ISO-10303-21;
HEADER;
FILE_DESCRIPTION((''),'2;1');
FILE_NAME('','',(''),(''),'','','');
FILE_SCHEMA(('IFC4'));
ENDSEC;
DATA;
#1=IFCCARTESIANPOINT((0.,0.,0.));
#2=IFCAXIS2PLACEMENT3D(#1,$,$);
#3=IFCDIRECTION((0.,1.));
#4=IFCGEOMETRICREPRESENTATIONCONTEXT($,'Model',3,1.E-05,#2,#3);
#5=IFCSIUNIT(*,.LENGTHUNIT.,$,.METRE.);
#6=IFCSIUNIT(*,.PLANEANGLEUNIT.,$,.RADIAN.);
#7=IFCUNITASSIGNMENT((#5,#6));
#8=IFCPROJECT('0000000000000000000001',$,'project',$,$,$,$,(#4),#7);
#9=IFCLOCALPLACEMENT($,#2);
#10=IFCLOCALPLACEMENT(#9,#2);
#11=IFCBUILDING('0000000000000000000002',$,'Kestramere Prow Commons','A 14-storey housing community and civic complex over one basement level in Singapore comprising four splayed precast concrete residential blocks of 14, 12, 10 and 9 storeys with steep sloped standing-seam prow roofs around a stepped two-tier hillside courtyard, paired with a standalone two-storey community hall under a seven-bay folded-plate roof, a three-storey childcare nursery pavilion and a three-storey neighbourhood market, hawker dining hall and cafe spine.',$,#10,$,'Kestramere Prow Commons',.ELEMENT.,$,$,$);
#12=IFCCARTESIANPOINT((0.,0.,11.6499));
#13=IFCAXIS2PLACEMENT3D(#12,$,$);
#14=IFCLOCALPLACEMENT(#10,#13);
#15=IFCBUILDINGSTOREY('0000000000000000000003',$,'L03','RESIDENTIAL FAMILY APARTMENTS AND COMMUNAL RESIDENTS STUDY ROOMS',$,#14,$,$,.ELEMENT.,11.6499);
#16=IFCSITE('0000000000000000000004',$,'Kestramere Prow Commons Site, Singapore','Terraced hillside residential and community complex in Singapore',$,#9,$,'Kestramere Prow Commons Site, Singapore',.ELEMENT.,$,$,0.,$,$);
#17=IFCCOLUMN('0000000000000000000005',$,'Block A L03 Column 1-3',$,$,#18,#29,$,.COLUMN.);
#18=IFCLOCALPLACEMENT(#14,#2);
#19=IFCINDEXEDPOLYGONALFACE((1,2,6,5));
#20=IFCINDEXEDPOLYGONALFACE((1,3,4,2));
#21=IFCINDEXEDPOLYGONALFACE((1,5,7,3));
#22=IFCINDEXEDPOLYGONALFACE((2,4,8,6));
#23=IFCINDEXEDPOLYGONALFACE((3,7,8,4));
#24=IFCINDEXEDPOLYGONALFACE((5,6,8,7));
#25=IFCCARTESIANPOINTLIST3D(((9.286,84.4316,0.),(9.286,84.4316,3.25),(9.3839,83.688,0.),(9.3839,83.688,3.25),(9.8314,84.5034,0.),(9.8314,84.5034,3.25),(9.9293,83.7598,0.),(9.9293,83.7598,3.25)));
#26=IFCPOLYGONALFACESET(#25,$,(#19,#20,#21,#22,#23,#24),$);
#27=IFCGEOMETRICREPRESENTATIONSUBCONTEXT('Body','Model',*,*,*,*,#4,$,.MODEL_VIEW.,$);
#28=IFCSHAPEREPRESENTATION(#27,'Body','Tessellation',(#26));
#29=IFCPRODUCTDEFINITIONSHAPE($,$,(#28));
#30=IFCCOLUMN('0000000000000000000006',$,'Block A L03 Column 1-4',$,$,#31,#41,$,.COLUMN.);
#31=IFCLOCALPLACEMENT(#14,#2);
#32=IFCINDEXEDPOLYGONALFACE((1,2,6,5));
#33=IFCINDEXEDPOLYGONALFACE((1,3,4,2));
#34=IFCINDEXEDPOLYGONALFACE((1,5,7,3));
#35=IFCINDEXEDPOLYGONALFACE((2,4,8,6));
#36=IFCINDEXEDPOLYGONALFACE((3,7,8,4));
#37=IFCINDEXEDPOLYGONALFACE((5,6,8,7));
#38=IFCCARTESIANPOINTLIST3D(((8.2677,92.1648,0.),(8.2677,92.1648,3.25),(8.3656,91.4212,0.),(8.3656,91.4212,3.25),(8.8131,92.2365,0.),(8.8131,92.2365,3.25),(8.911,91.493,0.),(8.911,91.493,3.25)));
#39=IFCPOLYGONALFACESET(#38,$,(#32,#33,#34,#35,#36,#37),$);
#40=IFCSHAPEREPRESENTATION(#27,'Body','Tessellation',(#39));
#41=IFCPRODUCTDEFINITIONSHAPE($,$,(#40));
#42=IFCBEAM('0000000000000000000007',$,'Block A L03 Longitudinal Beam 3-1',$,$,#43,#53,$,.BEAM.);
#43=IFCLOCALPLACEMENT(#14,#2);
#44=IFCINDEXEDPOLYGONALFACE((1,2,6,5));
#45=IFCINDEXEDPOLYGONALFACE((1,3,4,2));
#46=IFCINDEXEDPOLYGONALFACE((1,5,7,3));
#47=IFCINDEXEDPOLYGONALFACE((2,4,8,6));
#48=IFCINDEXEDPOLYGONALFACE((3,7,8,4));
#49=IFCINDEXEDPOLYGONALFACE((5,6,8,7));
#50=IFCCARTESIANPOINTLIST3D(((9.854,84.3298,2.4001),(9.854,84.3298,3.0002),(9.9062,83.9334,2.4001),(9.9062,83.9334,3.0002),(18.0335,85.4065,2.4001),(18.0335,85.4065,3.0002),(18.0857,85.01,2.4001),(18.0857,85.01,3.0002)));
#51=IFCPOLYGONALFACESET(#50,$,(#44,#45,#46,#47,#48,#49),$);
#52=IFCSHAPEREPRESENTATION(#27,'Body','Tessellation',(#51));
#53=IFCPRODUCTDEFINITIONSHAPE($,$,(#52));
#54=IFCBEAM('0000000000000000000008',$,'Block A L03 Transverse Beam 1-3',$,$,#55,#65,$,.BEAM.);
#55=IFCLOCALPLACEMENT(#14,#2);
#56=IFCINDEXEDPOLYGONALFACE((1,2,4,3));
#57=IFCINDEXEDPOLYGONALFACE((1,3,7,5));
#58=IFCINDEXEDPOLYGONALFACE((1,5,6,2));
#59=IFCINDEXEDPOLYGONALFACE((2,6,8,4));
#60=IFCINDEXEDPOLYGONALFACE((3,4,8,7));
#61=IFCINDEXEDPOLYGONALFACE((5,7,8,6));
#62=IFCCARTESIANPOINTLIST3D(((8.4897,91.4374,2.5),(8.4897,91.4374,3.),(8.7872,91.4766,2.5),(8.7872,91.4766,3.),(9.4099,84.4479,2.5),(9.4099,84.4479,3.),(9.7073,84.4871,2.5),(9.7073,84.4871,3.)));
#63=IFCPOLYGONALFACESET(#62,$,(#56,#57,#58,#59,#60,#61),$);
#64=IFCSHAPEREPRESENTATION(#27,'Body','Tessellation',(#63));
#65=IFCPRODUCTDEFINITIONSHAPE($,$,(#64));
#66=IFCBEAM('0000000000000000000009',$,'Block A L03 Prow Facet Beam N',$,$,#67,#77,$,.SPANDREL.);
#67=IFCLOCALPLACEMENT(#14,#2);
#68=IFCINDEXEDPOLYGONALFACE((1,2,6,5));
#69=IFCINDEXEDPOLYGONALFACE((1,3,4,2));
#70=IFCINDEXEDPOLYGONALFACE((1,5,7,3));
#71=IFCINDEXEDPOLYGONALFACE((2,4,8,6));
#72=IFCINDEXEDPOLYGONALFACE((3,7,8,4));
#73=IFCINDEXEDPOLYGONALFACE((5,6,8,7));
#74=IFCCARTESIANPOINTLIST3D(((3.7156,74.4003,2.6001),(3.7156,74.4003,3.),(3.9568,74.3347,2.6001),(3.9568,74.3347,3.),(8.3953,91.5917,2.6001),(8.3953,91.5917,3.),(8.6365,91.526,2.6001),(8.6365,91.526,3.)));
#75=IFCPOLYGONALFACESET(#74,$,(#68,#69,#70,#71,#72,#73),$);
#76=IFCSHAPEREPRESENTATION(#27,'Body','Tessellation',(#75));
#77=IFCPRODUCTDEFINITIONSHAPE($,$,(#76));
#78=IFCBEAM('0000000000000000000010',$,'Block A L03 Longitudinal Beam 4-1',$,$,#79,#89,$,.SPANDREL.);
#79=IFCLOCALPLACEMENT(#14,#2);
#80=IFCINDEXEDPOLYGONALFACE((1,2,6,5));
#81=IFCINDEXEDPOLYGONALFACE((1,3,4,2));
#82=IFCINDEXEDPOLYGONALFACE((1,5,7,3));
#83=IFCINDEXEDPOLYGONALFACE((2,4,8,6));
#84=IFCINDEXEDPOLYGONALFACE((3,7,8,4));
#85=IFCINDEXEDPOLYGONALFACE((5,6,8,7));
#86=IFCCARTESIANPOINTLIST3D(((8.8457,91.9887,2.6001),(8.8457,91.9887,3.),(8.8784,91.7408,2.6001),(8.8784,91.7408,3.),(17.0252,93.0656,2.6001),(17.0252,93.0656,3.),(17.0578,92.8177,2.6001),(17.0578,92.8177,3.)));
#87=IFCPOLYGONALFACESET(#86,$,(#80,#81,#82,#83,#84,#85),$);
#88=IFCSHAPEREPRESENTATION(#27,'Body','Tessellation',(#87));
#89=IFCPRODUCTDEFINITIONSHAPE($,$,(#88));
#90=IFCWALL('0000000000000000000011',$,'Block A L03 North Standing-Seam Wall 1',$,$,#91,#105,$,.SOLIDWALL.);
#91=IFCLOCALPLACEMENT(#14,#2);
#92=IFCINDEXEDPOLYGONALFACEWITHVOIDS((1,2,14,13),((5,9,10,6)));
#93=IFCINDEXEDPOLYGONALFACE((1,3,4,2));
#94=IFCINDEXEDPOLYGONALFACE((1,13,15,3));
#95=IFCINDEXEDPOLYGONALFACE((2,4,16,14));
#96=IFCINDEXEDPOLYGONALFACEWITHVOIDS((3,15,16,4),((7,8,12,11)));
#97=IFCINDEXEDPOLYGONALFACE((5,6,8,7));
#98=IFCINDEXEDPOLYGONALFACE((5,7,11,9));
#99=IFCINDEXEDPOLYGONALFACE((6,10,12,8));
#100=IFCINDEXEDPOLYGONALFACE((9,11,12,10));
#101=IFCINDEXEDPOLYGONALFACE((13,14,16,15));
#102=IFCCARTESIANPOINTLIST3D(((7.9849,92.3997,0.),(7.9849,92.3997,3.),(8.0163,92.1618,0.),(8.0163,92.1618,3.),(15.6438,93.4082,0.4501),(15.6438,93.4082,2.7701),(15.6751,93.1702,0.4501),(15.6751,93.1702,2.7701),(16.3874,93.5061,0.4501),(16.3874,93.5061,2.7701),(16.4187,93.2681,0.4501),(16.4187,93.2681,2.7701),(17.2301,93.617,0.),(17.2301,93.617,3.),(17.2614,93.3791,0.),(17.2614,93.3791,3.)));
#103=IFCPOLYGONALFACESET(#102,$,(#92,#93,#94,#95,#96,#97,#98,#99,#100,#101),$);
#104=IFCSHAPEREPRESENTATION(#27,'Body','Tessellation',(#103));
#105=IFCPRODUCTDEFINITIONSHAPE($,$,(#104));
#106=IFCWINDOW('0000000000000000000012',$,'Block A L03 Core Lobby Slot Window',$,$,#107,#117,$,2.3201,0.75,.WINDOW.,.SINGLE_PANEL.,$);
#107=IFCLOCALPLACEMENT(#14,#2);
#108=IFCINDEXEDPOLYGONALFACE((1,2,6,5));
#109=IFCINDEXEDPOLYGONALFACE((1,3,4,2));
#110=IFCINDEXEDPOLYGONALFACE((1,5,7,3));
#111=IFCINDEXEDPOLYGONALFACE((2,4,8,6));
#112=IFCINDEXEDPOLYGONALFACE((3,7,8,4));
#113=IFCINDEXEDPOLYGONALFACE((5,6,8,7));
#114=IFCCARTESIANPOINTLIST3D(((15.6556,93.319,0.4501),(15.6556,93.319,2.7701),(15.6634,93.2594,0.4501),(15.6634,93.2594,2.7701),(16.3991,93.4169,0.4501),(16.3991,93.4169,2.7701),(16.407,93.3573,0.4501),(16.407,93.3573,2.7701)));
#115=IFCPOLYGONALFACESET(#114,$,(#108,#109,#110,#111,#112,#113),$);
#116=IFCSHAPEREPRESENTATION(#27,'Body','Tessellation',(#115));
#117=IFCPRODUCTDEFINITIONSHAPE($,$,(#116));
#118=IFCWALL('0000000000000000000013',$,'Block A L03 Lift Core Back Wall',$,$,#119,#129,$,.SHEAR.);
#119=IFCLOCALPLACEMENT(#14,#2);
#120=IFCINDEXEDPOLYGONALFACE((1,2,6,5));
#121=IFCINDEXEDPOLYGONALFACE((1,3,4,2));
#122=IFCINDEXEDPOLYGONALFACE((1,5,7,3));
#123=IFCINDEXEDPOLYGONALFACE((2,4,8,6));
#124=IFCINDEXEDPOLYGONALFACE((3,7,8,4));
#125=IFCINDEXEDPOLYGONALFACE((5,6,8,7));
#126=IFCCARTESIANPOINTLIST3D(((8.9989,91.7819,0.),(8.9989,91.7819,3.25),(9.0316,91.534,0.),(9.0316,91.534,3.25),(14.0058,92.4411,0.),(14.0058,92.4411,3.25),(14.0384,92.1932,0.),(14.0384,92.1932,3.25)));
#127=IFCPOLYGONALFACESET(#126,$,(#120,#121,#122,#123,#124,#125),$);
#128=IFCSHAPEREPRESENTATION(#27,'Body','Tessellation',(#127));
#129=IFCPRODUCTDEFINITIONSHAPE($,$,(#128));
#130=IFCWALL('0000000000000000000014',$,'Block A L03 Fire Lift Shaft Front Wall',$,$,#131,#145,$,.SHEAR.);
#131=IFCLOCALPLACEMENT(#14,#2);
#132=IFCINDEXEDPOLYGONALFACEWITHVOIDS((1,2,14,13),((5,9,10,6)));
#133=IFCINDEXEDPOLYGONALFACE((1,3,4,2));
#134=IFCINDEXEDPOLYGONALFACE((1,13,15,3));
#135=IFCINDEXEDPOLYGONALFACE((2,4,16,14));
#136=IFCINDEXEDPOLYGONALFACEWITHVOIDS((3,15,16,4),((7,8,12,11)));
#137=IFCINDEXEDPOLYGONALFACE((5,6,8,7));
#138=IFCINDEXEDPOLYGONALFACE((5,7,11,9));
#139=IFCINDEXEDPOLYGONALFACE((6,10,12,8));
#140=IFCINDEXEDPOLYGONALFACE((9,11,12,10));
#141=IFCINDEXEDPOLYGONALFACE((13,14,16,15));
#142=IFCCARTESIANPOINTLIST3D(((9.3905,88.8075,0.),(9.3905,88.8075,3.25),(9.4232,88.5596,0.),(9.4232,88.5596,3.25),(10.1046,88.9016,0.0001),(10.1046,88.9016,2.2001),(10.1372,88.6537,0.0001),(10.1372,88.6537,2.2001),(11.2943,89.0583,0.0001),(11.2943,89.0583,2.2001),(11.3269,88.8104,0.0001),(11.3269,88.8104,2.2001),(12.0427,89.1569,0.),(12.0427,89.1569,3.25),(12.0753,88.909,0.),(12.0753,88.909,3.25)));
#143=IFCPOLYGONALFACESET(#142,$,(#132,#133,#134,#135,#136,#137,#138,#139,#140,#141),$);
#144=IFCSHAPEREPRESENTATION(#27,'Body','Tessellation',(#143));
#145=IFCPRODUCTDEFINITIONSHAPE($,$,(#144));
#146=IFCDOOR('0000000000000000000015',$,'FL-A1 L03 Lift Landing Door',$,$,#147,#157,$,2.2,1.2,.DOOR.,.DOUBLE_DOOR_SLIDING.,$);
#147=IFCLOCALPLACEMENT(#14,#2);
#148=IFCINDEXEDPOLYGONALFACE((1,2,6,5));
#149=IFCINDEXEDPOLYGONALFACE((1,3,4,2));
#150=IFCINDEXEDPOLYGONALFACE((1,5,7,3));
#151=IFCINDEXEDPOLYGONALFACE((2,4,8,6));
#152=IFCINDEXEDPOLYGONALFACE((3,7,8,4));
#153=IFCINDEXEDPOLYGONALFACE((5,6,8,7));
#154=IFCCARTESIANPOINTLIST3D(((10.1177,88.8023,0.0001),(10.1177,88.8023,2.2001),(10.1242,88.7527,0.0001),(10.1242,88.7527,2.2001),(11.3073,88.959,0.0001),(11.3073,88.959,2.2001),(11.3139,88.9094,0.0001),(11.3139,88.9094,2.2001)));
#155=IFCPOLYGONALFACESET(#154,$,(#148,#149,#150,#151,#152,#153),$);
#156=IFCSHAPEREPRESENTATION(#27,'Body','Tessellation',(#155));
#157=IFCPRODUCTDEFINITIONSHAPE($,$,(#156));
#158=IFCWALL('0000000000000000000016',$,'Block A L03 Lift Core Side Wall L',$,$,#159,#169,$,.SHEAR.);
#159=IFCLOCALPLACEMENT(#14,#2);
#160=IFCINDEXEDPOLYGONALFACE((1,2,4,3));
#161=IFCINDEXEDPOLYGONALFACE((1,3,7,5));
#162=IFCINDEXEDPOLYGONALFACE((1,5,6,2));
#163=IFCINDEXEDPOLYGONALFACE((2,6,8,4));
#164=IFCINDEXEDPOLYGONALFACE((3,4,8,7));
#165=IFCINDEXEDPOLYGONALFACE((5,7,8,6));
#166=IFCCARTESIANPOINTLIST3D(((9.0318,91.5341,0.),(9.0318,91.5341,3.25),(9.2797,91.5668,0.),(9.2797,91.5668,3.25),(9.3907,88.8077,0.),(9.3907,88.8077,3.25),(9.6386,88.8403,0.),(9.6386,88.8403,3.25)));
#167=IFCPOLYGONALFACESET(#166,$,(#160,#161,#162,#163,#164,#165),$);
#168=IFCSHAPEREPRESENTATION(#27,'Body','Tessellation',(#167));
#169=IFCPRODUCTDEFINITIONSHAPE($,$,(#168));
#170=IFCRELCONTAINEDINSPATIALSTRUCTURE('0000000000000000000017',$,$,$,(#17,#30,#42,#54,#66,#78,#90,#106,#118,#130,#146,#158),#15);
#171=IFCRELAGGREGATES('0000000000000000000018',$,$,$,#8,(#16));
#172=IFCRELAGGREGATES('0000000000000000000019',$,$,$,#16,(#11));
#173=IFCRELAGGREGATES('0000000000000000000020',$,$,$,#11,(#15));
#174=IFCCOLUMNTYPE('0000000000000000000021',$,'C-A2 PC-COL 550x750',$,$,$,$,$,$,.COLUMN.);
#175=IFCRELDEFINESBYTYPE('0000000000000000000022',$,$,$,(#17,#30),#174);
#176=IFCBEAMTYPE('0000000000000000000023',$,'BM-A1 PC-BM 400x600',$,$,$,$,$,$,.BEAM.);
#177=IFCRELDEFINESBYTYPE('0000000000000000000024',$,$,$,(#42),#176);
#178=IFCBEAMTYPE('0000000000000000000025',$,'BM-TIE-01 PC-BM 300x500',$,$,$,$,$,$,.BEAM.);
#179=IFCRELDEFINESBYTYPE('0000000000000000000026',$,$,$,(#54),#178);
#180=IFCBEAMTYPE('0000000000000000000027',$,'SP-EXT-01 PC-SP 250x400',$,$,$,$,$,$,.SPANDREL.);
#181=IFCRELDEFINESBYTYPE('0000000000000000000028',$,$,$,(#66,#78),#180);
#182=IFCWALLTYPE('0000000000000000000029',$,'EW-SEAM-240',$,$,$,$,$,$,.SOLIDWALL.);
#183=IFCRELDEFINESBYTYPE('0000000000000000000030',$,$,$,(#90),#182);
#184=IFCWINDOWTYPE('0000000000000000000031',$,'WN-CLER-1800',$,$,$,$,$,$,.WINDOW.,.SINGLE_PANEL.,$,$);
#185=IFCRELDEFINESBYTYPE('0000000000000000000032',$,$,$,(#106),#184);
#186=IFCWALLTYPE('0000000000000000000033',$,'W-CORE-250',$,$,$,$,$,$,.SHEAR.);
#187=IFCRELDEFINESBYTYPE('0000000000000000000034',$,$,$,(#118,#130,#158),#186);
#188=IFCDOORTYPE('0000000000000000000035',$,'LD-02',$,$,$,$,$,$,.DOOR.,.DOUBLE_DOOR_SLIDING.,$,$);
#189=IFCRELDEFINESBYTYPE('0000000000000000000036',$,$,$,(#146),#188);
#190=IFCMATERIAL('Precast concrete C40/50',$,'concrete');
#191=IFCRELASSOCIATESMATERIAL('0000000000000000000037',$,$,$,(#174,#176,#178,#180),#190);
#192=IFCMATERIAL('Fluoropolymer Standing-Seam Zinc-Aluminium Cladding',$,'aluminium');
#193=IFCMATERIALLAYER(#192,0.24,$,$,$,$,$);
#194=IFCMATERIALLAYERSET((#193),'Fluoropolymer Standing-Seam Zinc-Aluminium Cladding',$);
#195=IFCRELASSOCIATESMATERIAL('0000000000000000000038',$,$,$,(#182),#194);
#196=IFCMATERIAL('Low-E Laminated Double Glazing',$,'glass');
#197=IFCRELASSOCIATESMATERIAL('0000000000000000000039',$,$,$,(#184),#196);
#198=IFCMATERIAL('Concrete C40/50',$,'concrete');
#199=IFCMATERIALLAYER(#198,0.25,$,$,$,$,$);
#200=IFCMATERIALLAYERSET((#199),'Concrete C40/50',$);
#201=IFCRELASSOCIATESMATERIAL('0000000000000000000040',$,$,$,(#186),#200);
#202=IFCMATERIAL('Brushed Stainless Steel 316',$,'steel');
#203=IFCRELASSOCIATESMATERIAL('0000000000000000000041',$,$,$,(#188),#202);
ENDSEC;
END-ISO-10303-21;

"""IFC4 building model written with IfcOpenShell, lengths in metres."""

from ifc_helpers import new_model, si_unit, direction, frame, frame_2d, origin, origin_2d, place, context, subcontext, project, spatial, rectangle, extrude, material, layer, layer_set, material_profile, profile_set, type_object, element, fill, save


model = new_model("IFC4")

# Units and contexts
model_context = context("Model", 3, precision=1e-05, world=origin(), true_north=direction((0.0, 1.0)))
body_context = subcontext(model_context, "Body", "Model", "MODEL_VIEW")
ifc_project = project(units=[si_unit("LENGTHUNIT", "METRE"), si_unit("PLANEANGLEUNIT", "RADIAN")], contexts=[model_context])

# Site, building, storey
site_placement = place(None, origin())
site = spatial("IfcSite", under=ifc_project, at=site_placement, Name="Kestramere Prow Commons Site, Singapore", Description="Terraced hillside residential and community complex in Singapore", LongName="Kestramere Prow Commons Site, Singapore", CompositionType="ELEMENT", RefElevation=0.0)
building_placement = place(site_placement, origin())
building = spatial("IfcBuilding", under=site, at=building_placement, Name="Kestramere Prow Commons", Description="A 14-storey housing community and civic complex over one basement level in Singapore comprising four splayed precast concrete residential blocks of 14, 12, 10 and 9 storeys with steep sloped standing-seam prow roofs around a stepped two-tier hillside courtyard, paired with a standalone two-storey community hall under a seven-bay folded-plate roof, a three-storey childcare nursery pavilion and a three-storey neighbourhood market, hawker dining hall and cafe spine.", LongName="Kestramere Prow Commons", CompositionType="ELEMENT")
storey_placement = place(building_placement, frame((0.0, 0.0, 11.6499)))
storey = spatial("IfcBuildingStorey", under=building, at=storey_placement, Name="L03", Description="RESIDENTIAL FAMILY APARTMENTS AND COMMUNAL RESIDENTS STUDY ROOMS", CompositionType="ELEMENT", Elevation=11.6499)

# Columns
ifc_material_1 = material(Name="Precast concrete C40/50", Category="concrete")
ifc_material_profile_1 = material_profile(ifc_material_1, rectangle(XDim=0.55, YDim=0.75, at=origin_2d()), Name="PC-COL 550x750")
ifc_profile_set_1 = profile_set([ifc_material_profile_1], Name="Precast concrete C40/50")
column_type = type_object("IfcColumnType", Name="C-A2 PC-COL 550x750", PredefinedType="COLUMN", material=ifc_profile_set_1)
for number, where, z_axis, x_axis, name in (
    (1, (9.6077, 84.0957, 0.0), (0.0, 0.0, 1.0), (0.991445, 0.130526, 0.0), "Block A L03 Column 1-3"),
    (2, (8.5894, 91.8289, 0.0), (0.0, 0.0, 1.0), (0.991445, 0.130526, 0.0), "Block A L03 Column 1-4"),
):
    element("IfcColumn", number, at=place(storey_placement, frame(where, z_axis=z_axis, x_axis=x_axis)), inside=storey, type_object=column_type, Name=name, PredefinedType="COLUMN", context=body_context, shape_type="SweptSolid", body=[
        extrude(rectangle(XDim=0.55, YDim=0.75, at=origin_2d()), origin(), (0.0, 0.0, 1.0), 3.25),
    ])

# Beams
ifc_material_profile_2 = material_profile(ifc_material_1, rectangle(XDim=0.3999, YDim=0.6001, at=origin_2d()), Name="PC-BM 400x600")
ifc_profile_set_2 = profile_set([ifc_material_profile_2], Name="Precast concrete C40/50")
beam_type_1 = type_object("IfcBeamType", Name="BM-A1 PC-BM 400x600", PredefinedType="BEAM", material=ifc_profile_set_2)
beam_1_placement = place(storey_placement, frame((9.8801, 84.1316, 2.7002), z_axis=(0.991448, 0.130504, 0.0), x_axis=(-0.130504, 0.991448, 0.0)))
element("IfcBeam", 3, at=beam_1_placement, inside=storey, type_object=beam_type_1, Name="Block A L03 Longitudinal Beam 3-1", PredefinedType="BEAM", context=body_context, shape_type="SweptSolid", body=[
    extrude(rectangle(XDim=0.3999, YDim=0.6001, at=origin_2d()), origin(), (0.0, 0.0, 1.0), 8.25),
])
ifc_material_profile_3 = material_profile(ifc_material_1, rectangle(XDim=0.3, YDim=0.5, at=origin_2d()), Name="PC-BM 300x500")
ifc_profile_set_3 = profile_set([ifc_material_profile_3], Name="Precast concrete C40/50")
beam_type_2 = type_object("IfcBeamType", Name="BM-TIE-01 PC-BM 300x500", PredefinedType="BEAM", material=ifc_profile_set_3)
beam_2_placement = place(storey_placement, frame((9.5586, 84.4675, 2.75), z_axis=(-0.130523, 0.991445, 0.0), x_axis=(-0.991445, -0.130523, 0.0)))
element("IfcBeam", 4, at=beam_2_placement, inside=storey, type_object=beam_type_2, Name="Block A L03 Transverse Beam 1-3", PredefinedType="BEAM", context=body_context, shape_type="SweptSolid", body=[
    extrude(rectangle(XDim=0.3, YDim=0.5, at=origin_2d()), origin(), (0.0, 0.0, 1.0), 7.0498),
])
ifc_material_profile_4 = material_profile(ifc_material_1, rectangle(XDim=0.25, YDim=0.3999, at=origin_2d()), Name="PC-SP 250x400")
ifc_profile_set_4 = profile_set([ifc_material_profile_4], Name="Precast concrete C40/50")
beam_type_3 = type_object("IfcBeamType", Name="SP-EXT-01 PC-SP 250x400", PredefinedType="SPANDREL", material=ifc_profile_set_4)
beam_3_placement = place(storey_placement, frame((8.5159, 91.5588, 2.8), z_axis=(-0.262654, -0.96489, 0.0), x_axis=(0.96489, -0.262654, 0.0)))
element("IfcBeam", 5, at=beam_3_placement, inside=storey, type_object=beam_type_3, Name="Block A L03 Prow Facet Beam N", PredefinedType="SPANDREL", context=body_context, shape_type="SweptSolid", body=[
    extrude(rectangle(XDim=0.25, YDim=0.3999, at=origin_2d()), origin(), (0.0, 0.0, 1.0), 17.8169),
])
beam_4_placement = place(storey_placement, frame((8.8621, 91.8647, 2.8), z_axis=(0.991444, 0.130533, 0.0), x_axis=(-0.130533, 0.991444, 0.0)))
element("IfcBeam", 6, at=beam_4_placement, inside=storey, type_object=beam_type_3, Name="Block A L03 Longitudinal Beam 4-1", PredefinedType="SPANDREL", context=body_context, shape_type="SweptSolid", body=[
    extrude(rectangle(XDim=0.25, YDim=0.3999, at=origin_2d()), origin(), (0.0, 0.0, 1.0), 8.25),
])

# Wall, opening, window
ifc_material_2 = material(Name="Fluoropolymer Standing-Seam Zinc-Aluminium Cladding", Category="aluminium")
ifc_layer_1 = layer(ifc_material_2, 0.24)
ifc_layer_set_1 = layer_set([ifc_layer_1], Name="Fluoropolymer Standing-Seam Zinc-Aluminium Cladding")
wall_type_1 = type_object("IfcWallType", Name="EW-SEAM-240", PredefinedType="SOLIDWALL", material=ifc_layer_set_1)
wall_1_placement = place(storey_placement, frame((8.0005, 92.2808, 0.0), z_axis=(0.0, 0.0, 1.0), x_axis=(0.991443, 0.130541, 0.0)))
wall_1 = element("IfcWall", 7, at=wall_1_placement, inside=storey, type_object=wall_type_1, Name="Block A L03 North Standing-Seam Wall 1", PredefinedType="SOLIDWALL", context=body_context, shape_type="SweptSolid", body=[
    extrude(rectangle(XDim=9.325, YDim=0.24, at=frame_2d((4.6626, 0.0))), origin(), (0.0, 0.0, 1.0), 3.0),
])
opening_1_placement = place(wall_1_placement, frame((7.7251, 0.0, 0.45)))
opening_1 = element("IfcOpeningElement", 8, at=opening_1_placement, cuts=wall_1, PredefinedType="OPENING", context=body_context, shape_type="SweptSolid", body=[
    extrude(rectangle(XDim=0.75, YDim=2.3201, at=frame_2d((0.375, 1.1602))), frame((0.0, 0.135, 0.0), z_axis=(0.0, -1.0, 0.0), x_axis=(1.0, 0.0, 0.0)), (0.0, 0.0, 1.0), 0.27),
])
ifc_material_3 = material(Name="Low-E Laminated Double Glazing", Category="glass")
window_type = type_object("IfcWindowType", Name="WN-CLER-1800", PartitioningType="SINGLE_PANEL", PredefinedType="WINDOW", material=ifc_material_3)
window_placement = place(opening_1_placement, origin())
window = element("IfcWindow", 9, at=window_placement, inside=storey, type_object=window_type, Name="Block A L03 Core Lobby Slot Window", OverallHeight=2.3201, OverallWidth=0.75, PartitioningType="SINGLE_PANEL", PredefinedType="WINDOW", context=body_context, shape_type="SweptSolid", body=[
    extrude(rectangle(XDim=0.75, YDim=2.3201, at=frame_2d((0.375, 1.1602))), frame((0.0, 0.03, 0.0), z_axis=(0.0, -1.0, 0.0), x_axis=(1.0, 0.0, 0.0)), (0.0, 0.0, 1.0), 0.0601),
])
fill(opening_1, window)

# Wall
ifc_material_4 = material(Name="Concrete C40/50", Category="concrete")
ifc_layer_2 = layer(ifc_material_4, 0.25)
ifc_layer_set_2 = layer_set([ifc_layer_2], Name="Concrete C40/50")
wall_type_2 = type_object("IfcWallType", Name="W-CORE-250", PredefinedType="SHEAR", material=ifc_layer_set_2)
wall_2_placement = place(storey_placement, frame((9.0154, 91.658, 0.0), z_axis=(0.0, 0.0, 1.0), x_axis=(0.991444, 0.13053, 0.0)))
element("IfcWall", 10, at=wall_2_placement, inside=storey, type_object=wall_type_2, Name="Block A L03 Lift Core Back Wall", PredefinedType="SHEAR", context=body_context, shape_type="SweptSolid", body=[
    extrude(rectangle(XDim=5.05, YDim=0.25, at=frame_2d((2.5249, 0.0))), origin(), (0.0, 0.0, 1.0), 3.25),
])

# Wall, opening, door
wall_3_placement = place(storey_placement, frame((9.407, 88.6836, 0.0), z_axis=(0.0, 0.0, 1.0), x_axis=(0.991435, 0.130603, 0.0)))
wall_3 = element("IfcWall", 11, at=wall_3_placement, inside=storey, type_object=wall_type_2, Name="Block A L03 Fire Lift Shaft Front Wall", PredefinedType="SHEAR", context=body_context, shape_type="SweptSolid", body=[
    extrude(rectangle(XDim=2.675, YDim=0.25, at=frame_2d((1.3374, 0.0))), origin(), (0.0, 0.0, 1.0), 3.25),
])
opening_2_placement = place(wall_3_placement, frame((0.72, 0.0, 0.0)))
opening_2 = element("IfcOpeningElement", 12, at=opening_2_placement, cuts=wall_3, PredefinedType="OPENING", context=body_context, shape_type="SweptSolid", body=[
    extrude(rectangle(XDim=1.2, YDim=2.2, at=frame_2d((0.6001, 1.1001))), frame((0.0, 0.1399, 0.0), z_axis=(0.0, -1.0, 0.0), x_axis=(1.0, 0.0, 0.0)), (0.0, 0.0, 1.0), 0.28),
])
ifc_material_5 = material(Name="Brushed Stainless Steel 316", Category="steel")
door_type_1 = type_object("IfcDoorType", Name="LD-02", OperationType="DOUBLE_DOOR_SLIDING", PredefinedType="DOOR", material=ifc_material_5)
door_1_placement = place(opening_2_placement, origin())
door_1 = element("IfcDoor", 13, at=door_1_placement, inside=storey, type_object=door_type_1, Name="FL-A1 L03 Lift Landing Door", OperationType="DOUBLE_DOOR_SLIDING", OverallHeight=2.2, OverallWidth=1.2, PredefinedType="DOOR", context=body_context, shape_type="SweptSolid", body=[
    extrude(rectangle(XDim=1.2, YDim=2.2, at=frame_2d((0.6001, 1.1001))), frame((0.0, 0.0249, 0.0), z_axis=(0.0, -1.0, 0.0), x_axis=(1.0, 0.0, 0.0)), (0.0, 0.0, 1.0), 0.05),
])
fill(opening_2, door_1)

# Wall
wall_4_placement = place(storey_placement, frame((9.5146, 88.824, 0.0), z_axis=(0.0, 0.0, 1.0), x_axis=(-0.1305, 0.991448, 0.0)))
element("IfcWall", 14, at=wall_4_placement, inside=storey, type_object=wall_type_2, Name="Block A L03 Lift Core Side Wall L", PredefinedType="SHEAR", context=body_context, shape_type="SweptSolid", body=[
    extrude(rectangle(XDim=2.75, YDim=0.25, at=frame_2d((1.375, 0.0))), origin(), (0.0, 0.0, 1.0), 3.25),
])

save(model, "model.ifc")
